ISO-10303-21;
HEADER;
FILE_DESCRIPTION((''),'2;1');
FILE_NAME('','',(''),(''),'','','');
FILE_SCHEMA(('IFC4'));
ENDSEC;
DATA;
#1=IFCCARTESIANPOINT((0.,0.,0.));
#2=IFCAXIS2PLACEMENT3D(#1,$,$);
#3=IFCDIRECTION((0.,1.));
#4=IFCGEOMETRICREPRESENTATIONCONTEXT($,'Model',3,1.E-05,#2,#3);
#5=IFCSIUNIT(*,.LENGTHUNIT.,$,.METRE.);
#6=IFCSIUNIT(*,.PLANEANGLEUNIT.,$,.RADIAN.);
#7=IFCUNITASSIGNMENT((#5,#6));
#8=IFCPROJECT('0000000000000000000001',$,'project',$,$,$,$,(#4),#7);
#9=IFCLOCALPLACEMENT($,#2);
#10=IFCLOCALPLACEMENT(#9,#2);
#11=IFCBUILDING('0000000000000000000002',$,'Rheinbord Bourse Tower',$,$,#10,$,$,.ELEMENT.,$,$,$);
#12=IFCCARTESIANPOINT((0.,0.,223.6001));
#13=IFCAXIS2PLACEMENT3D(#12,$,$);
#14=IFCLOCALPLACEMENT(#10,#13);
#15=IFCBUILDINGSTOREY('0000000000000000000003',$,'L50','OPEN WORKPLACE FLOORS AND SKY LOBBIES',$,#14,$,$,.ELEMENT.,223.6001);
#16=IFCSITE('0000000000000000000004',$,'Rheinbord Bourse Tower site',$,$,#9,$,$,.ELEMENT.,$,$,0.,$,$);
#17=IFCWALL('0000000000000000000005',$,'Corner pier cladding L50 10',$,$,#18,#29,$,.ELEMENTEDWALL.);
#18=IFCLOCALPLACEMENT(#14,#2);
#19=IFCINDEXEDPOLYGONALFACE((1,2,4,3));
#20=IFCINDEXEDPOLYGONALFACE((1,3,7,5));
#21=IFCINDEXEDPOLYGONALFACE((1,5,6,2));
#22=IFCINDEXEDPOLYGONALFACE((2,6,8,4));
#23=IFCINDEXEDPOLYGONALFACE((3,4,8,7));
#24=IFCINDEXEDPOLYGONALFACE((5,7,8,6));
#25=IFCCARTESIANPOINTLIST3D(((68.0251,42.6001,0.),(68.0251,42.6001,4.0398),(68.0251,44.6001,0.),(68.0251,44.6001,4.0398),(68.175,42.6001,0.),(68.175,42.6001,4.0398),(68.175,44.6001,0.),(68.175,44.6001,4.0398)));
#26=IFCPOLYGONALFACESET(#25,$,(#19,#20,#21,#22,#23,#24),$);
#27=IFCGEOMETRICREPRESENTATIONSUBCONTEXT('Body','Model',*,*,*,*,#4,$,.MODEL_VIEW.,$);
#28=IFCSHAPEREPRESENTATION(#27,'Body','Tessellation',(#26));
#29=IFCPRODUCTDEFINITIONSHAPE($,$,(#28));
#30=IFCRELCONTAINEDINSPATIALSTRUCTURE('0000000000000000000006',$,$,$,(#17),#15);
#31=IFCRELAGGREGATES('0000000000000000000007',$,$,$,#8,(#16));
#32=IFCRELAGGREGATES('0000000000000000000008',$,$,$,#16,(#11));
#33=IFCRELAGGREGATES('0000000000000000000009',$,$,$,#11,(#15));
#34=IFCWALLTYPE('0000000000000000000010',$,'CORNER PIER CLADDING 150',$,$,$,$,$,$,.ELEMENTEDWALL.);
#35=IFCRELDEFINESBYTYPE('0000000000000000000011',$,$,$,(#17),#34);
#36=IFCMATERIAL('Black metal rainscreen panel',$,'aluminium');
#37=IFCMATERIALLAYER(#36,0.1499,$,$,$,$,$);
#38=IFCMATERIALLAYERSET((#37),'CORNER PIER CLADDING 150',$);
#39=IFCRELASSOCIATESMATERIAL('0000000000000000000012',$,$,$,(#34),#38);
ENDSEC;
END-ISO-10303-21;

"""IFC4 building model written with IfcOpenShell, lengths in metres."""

from ifc_helpers import new_model, si_unit, direction, frame, frame_2d, origin, place, context, subcontext, project, spatial, rectangle, extrude, material, layer, layer_set, type_object, element, save


model = new_model("IFC4")

# Units and contexts
model_context = context("Model", 3, precision=1e-05, world=origin(), true_north=direction((0.0, 1.0)))
body_context = subcontext(model_context, "Body", "Model", "MODEL_VIEW")
ifc_project = project(units=[si_unit("LENGTHUNIT", "METRE"), si_unit("PLANEANGLEUNIT", "RADIAN")], contexts=[model_context])

# Site, building, storey
site_placement = place(None, origin())
site = spatial("IfcSite", under=ifc_project, at=site_placement, Name="Rheinbord Bourse Tower site", CompositionType="ELEMENT", RefElevation=0.0)
building_placement = place(site_placement, origin())
building = spatial("IfcBuilding", under=site, at=building_placement, Name="Rheinbord Bourse Tower", CompositionType="ELEMENT")
storey_placement = place(building_placement, frame((0.0, 0.0, 223.6001)))
storey = spatial("IfcBuildingStorey", under=building, at=storey_placement, Name="L50", Description="OPEN WORKPLACE FLOORS AND SKY LOBBIES", CompositionType="ELEMENT", Elevation=223.6001)

# Wall
ifc_material_1 = material(Name="Black metal rainscreen panel", Category="aluminium")
ifc_layer_1 = layer(ifc_material_1, 0.1499)
ifc_layer_set_1 = layer_set([ifc_layer_1], Name="CORNER PIER CLADDING 150")
wall_type = type_object("IfcWallType", Name="CORNER PIER CLADDING 150", PredefinedType="ELEMENTEDWALL", material=ifc_layer_set_1)
wall_1_placement = place(storey_placement, frame((68.1001, 42.6001, 0.0), z_axis=(0.0, 0.0, 1.0), x_axis=(0.0, 1.0, 0.0)))
element("IfcWall", 1, at=wall_1_placement, inside=storey, type_object=wall_type, Name="Corner pier cladding L50 10", PredefinedType="ELEMENTEDWALL", context=body_context, shape_type="SweptSolid", body=[
    extrude(rectangle(XDim=2.0, YDim=0.1499, at=frame_2d((1.0, 0.0))), origin(), (0.0, 0.0, 1.0), 4.0398),
])

save(model, "model.ifc")
